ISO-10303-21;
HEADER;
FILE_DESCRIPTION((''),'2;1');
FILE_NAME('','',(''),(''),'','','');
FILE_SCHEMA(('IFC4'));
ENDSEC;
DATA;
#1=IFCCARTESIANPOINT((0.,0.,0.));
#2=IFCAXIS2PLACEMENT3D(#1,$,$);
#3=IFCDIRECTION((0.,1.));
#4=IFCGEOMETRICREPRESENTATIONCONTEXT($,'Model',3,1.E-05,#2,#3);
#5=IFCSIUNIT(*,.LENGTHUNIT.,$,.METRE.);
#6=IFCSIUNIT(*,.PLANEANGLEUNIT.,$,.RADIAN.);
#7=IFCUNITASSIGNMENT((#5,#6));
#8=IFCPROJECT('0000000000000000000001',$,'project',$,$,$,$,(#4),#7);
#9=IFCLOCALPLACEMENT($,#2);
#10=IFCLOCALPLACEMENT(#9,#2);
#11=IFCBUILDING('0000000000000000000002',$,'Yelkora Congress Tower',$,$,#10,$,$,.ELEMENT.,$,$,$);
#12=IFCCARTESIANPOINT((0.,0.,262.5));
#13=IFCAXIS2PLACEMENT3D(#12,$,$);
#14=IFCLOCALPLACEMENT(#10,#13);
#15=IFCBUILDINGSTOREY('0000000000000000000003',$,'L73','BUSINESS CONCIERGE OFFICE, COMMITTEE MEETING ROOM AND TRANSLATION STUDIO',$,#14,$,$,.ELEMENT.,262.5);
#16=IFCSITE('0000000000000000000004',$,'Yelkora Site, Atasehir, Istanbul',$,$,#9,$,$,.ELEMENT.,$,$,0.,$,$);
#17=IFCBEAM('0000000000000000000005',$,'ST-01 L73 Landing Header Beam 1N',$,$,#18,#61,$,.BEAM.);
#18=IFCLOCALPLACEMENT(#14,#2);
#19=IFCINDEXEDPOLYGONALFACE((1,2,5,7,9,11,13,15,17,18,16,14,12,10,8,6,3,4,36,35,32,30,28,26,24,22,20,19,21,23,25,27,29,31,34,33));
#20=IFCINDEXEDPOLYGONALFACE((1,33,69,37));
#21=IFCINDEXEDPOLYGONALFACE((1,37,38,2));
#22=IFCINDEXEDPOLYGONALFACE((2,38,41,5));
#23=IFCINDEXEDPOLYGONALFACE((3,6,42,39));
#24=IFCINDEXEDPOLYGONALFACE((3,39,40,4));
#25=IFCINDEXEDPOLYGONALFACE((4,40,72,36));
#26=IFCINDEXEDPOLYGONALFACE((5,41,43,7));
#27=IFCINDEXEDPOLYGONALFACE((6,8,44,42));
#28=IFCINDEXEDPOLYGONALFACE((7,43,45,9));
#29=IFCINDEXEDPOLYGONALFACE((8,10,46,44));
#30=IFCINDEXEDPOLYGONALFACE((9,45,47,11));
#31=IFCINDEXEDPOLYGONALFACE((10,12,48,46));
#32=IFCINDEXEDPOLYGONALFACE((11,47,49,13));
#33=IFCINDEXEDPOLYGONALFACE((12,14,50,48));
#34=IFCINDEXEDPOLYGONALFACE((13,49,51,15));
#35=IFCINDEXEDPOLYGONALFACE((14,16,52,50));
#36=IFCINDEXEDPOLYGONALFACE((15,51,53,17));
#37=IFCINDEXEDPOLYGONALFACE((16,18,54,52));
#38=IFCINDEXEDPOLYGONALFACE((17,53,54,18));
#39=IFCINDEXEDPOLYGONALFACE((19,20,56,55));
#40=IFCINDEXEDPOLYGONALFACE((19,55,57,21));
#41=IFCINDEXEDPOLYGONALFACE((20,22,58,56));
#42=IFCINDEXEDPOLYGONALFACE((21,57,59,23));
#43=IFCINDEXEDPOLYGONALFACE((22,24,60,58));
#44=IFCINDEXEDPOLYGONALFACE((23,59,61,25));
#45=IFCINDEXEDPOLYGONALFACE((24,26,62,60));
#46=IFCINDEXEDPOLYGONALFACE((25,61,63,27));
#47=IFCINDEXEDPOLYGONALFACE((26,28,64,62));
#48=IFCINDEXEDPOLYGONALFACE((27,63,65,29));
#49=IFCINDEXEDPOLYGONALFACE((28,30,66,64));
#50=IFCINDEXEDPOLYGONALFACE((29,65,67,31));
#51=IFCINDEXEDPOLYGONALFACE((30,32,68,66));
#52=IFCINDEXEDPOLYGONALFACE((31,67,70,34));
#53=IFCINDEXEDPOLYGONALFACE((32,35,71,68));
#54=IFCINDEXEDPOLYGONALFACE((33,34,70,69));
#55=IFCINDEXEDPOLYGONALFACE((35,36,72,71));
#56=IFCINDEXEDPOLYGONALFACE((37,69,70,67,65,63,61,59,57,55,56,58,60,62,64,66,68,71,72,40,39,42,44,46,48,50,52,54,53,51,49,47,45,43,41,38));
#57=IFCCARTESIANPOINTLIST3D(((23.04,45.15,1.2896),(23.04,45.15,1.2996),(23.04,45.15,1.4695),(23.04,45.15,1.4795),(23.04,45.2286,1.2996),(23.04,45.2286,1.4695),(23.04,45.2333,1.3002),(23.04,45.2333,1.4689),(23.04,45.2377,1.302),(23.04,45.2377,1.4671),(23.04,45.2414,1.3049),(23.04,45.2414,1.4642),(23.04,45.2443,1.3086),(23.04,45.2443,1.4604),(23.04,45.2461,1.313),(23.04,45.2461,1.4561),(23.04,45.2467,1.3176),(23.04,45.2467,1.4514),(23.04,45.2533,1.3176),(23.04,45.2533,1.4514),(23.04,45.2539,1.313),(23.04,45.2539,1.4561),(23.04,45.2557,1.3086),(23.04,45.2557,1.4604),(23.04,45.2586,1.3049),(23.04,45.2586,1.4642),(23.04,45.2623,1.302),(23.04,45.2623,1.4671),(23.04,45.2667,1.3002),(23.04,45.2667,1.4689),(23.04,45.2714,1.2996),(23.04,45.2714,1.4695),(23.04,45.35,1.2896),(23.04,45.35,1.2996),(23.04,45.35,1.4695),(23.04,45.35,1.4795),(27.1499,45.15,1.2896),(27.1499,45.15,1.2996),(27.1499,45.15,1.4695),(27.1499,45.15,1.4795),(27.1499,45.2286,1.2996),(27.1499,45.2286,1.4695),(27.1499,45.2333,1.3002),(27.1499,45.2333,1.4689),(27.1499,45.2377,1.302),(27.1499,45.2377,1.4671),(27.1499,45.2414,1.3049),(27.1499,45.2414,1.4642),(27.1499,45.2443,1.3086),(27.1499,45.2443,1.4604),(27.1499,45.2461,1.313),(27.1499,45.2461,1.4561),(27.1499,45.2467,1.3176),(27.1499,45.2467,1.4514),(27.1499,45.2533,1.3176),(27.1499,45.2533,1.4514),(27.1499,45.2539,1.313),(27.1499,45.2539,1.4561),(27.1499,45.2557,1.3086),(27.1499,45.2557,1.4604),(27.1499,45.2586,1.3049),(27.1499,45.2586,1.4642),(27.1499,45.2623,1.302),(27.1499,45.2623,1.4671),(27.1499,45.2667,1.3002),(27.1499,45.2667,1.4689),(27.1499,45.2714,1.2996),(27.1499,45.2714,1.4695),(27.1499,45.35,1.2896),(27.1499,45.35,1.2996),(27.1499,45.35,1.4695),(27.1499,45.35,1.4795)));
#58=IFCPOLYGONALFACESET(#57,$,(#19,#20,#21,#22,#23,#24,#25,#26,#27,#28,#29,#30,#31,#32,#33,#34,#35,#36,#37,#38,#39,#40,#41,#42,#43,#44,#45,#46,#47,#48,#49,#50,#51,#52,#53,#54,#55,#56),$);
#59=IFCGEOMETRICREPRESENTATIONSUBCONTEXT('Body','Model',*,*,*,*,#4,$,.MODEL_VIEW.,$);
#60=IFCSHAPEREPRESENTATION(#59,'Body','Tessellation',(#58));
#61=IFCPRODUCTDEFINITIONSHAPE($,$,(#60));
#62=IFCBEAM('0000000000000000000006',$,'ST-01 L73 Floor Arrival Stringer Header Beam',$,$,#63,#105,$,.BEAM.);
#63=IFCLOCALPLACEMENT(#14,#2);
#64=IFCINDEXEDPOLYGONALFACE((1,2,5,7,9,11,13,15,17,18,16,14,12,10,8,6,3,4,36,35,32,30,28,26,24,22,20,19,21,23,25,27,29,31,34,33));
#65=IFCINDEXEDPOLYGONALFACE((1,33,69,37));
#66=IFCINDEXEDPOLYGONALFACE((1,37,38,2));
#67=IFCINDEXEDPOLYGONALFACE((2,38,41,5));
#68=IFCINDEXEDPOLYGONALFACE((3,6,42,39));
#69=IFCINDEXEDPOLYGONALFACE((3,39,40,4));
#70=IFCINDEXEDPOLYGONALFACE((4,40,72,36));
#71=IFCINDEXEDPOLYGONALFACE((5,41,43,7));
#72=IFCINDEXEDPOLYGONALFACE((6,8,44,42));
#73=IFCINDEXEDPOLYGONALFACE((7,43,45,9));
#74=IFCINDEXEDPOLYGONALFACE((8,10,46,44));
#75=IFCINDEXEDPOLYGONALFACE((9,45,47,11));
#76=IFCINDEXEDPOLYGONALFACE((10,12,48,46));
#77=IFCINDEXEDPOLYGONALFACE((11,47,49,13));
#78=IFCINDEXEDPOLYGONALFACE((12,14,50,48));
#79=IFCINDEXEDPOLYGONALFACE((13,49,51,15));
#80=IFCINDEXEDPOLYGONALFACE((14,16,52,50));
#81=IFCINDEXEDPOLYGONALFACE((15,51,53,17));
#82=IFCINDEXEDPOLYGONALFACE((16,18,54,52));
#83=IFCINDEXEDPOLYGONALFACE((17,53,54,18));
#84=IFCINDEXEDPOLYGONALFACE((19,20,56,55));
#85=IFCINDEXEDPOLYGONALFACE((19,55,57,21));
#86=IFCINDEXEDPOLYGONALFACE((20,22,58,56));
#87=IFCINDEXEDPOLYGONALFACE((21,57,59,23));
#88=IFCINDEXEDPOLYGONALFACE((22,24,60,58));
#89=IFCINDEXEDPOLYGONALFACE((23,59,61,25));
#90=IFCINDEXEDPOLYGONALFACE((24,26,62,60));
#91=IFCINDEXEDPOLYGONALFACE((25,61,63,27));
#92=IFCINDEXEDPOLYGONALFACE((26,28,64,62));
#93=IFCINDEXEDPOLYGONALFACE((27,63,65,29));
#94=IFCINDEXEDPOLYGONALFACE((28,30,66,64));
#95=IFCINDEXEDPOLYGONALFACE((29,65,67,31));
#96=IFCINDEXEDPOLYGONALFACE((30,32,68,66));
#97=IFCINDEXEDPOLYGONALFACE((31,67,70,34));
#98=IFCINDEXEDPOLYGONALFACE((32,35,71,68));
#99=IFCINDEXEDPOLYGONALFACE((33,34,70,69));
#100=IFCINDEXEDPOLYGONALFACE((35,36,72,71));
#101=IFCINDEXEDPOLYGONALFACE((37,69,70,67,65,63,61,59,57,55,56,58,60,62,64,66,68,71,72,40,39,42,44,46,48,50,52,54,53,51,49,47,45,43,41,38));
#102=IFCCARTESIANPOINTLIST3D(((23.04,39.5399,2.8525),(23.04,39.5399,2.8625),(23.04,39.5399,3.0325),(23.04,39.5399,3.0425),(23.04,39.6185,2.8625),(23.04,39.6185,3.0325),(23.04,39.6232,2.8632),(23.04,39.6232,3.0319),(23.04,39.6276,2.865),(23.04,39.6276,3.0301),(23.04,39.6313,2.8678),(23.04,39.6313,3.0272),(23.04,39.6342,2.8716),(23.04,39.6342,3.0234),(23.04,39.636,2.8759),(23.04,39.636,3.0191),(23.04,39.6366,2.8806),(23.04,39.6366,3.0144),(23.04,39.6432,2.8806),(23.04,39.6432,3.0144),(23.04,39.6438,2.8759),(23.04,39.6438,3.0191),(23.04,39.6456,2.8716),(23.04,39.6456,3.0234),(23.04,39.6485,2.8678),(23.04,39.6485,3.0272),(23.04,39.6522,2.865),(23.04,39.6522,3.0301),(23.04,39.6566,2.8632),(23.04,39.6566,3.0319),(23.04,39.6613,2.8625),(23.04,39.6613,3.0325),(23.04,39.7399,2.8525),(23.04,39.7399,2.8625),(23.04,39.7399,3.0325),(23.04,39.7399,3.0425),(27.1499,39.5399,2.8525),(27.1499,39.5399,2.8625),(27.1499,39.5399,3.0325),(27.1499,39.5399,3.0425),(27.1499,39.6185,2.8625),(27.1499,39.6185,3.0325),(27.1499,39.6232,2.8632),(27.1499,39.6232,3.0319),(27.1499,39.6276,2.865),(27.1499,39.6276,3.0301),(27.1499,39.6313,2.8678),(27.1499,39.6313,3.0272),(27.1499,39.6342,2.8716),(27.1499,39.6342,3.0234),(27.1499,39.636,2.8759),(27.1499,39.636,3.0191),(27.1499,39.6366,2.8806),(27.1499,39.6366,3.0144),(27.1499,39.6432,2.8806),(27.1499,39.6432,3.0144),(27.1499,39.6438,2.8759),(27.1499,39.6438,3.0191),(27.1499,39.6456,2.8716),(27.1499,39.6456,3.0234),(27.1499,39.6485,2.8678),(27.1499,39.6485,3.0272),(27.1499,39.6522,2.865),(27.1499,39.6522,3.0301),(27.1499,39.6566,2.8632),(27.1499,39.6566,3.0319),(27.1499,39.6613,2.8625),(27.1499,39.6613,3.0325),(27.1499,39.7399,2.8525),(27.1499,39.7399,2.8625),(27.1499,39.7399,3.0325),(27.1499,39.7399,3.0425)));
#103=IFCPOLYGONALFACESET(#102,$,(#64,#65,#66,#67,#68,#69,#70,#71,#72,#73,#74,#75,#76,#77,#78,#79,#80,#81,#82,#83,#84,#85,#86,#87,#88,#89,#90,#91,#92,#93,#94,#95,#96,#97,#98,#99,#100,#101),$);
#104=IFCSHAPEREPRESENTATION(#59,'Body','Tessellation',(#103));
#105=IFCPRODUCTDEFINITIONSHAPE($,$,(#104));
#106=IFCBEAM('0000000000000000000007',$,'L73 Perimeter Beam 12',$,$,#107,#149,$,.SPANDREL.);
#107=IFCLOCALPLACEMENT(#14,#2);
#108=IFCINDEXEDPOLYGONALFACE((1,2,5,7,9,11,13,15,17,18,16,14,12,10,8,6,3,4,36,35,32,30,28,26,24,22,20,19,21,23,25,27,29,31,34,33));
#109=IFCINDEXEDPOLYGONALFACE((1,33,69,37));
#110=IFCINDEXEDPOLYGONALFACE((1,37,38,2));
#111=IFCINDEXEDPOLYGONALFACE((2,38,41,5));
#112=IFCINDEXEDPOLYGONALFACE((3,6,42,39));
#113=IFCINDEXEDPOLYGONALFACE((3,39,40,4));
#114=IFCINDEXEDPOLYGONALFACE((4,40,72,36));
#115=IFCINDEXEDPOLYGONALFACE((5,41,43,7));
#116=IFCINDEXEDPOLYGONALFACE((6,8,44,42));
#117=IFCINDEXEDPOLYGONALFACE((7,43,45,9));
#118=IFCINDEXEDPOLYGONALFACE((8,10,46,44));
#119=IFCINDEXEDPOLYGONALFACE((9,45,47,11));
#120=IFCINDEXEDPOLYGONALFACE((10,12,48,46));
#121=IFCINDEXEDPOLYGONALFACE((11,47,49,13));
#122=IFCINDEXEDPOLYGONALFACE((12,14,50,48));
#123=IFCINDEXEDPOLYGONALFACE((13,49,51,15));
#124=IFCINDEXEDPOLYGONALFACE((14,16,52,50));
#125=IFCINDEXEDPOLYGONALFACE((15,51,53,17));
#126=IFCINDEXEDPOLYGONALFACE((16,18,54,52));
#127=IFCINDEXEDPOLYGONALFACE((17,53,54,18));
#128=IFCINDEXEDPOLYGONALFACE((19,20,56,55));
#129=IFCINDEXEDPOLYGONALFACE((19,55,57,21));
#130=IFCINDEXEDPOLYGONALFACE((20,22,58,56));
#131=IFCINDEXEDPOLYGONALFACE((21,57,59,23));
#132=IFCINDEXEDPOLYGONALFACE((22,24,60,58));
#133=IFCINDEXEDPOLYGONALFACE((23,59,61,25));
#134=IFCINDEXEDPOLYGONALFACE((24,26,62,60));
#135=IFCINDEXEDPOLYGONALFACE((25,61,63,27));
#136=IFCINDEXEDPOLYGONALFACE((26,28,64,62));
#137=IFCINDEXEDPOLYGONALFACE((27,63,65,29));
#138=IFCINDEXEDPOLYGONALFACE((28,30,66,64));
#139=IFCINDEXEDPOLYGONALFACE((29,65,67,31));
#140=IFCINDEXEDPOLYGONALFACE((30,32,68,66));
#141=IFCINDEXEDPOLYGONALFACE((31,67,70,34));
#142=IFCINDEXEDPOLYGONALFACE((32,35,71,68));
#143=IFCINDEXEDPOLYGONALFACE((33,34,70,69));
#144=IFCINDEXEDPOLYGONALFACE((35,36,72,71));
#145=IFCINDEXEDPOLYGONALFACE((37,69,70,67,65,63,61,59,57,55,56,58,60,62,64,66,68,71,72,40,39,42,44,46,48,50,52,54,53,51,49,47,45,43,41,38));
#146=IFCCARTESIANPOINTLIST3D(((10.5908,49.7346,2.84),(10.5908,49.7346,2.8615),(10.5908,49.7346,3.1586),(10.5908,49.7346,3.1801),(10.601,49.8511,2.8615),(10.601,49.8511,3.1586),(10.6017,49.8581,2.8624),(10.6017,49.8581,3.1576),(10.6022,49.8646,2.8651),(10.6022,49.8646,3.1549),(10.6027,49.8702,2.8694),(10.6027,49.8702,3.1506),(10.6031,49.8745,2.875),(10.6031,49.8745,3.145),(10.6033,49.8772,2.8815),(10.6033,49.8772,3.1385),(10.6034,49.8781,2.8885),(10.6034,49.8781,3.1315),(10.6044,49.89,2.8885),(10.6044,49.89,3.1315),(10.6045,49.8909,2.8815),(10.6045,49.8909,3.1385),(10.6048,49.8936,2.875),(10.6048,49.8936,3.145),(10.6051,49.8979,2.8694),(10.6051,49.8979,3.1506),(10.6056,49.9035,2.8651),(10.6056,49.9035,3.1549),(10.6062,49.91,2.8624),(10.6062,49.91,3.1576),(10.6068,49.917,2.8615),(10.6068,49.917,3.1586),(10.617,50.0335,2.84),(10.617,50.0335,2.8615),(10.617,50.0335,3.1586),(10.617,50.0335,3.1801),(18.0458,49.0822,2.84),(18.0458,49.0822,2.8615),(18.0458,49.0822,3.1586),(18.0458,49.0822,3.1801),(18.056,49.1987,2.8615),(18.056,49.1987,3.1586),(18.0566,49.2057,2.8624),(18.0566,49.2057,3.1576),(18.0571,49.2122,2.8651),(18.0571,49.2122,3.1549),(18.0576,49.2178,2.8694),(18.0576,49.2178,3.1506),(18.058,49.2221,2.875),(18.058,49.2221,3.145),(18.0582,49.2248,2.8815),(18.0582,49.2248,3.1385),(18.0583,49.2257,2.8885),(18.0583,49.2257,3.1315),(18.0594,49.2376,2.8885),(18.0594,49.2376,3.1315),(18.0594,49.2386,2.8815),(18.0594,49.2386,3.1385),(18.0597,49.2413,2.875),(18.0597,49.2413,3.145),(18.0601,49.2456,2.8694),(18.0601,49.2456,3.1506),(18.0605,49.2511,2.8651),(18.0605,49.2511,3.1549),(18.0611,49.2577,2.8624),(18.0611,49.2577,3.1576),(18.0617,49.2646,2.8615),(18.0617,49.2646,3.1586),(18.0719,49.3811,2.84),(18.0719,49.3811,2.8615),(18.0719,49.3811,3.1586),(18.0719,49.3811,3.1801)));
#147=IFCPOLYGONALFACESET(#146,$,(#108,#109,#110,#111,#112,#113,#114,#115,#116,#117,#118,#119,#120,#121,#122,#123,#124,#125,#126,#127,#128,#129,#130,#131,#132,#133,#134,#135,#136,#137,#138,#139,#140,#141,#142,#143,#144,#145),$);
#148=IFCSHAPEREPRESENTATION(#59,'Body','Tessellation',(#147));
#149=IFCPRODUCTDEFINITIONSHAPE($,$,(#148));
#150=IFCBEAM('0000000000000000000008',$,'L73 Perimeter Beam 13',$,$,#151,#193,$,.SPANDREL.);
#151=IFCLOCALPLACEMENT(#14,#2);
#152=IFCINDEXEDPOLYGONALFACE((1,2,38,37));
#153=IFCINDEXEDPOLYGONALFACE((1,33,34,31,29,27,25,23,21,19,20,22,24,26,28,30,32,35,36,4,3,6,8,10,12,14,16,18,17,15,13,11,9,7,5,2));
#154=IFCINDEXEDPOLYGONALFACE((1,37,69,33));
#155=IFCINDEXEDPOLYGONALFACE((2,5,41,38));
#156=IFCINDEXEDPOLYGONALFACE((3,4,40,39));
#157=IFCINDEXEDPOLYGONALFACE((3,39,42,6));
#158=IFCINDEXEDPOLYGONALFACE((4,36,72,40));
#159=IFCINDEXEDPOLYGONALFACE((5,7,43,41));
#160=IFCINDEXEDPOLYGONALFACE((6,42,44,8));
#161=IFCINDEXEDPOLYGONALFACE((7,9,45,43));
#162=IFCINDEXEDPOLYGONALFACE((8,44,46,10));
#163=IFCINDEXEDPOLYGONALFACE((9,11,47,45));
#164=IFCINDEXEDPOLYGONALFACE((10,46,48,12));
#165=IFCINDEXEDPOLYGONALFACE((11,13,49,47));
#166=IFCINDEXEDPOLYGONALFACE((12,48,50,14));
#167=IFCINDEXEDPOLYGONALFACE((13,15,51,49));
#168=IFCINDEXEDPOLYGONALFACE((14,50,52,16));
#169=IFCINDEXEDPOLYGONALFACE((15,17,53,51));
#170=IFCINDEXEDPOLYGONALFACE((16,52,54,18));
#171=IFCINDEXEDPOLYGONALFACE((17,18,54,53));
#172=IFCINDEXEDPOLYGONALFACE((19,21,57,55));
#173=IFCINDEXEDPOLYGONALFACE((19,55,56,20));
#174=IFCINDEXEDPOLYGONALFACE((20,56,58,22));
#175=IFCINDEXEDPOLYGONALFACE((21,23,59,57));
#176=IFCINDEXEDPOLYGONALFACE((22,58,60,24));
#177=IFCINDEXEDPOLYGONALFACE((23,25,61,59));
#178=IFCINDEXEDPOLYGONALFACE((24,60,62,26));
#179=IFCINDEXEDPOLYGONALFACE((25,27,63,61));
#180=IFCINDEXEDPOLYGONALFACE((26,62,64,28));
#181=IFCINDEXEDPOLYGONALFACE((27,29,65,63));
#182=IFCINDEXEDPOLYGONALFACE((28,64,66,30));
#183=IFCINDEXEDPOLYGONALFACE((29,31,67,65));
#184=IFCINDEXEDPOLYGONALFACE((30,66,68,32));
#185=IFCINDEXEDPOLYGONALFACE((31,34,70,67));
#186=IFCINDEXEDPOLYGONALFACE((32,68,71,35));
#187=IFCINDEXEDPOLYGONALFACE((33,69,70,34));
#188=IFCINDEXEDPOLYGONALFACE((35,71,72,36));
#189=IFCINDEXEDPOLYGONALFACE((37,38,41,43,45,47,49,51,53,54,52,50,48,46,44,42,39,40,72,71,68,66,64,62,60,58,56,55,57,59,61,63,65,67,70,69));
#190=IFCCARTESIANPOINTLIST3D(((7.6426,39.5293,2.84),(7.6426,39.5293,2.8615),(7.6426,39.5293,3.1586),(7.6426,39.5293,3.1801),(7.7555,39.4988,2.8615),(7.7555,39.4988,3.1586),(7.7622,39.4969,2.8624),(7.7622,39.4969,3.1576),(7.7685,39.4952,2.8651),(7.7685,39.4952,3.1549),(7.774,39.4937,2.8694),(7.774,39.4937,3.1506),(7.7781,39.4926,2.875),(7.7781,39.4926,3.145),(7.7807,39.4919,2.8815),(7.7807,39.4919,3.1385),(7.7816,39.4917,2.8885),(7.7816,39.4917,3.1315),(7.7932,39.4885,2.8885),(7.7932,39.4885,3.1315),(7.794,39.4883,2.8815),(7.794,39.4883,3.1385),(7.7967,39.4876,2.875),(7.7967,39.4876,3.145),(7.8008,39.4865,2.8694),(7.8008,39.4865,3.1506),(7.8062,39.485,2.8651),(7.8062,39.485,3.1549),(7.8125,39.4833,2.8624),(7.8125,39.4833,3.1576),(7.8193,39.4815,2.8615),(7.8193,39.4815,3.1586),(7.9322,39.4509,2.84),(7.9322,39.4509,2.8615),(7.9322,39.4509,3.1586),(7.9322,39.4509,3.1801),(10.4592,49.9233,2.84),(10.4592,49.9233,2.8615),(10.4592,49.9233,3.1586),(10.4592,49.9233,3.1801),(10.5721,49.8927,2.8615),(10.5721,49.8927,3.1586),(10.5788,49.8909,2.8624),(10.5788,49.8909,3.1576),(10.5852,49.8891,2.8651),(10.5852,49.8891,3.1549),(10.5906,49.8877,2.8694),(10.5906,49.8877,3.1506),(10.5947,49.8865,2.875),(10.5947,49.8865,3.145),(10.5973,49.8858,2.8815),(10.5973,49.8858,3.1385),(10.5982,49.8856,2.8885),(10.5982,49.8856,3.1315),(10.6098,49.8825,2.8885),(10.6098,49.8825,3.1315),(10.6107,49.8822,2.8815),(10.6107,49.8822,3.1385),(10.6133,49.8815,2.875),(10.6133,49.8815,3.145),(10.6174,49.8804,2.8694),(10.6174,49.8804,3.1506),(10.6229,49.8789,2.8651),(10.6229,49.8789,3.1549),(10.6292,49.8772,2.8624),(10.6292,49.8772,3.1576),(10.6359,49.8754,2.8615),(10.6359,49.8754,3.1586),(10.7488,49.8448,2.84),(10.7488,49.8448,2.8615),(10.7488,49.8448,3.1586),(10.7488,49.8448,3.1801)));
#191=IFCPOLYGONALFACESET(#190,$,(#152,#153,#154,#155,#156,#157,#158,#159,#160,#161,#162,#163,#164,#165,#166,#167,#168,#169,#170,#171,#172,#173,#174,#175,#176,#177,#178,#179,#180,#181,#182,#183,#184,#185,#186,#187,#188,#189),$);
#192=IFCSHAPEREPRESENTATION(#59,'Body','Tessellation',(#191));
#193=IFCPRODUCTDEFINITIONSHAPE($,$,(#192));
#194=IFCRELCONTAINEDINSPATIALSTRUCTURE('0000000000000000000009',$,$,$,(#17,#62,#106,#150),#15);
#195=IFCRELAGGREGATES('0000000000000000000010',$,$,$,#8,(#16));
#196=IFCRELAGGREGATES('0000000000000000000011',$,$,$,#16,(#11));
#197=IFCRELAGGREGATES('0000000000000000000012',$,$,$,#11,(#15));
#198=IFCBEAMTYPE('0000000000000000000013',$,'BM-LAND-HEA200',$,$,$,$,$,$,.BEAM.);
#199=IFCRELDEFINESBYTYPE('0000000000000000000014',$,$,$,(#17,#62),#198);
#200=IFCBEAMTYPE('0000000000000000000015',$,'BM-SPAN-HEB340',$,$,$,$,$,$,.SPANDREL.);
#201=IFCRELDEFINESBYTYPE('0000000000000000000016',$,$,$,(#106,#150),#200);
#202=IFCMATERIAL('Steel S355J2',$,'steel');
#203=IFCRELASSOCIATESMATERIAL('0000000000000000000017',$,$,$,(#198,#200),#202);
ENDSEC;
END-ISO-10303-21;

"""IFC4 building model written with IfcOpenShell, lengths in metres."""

from ifc_helpers import new_model, si_unit, direction, frame, origin, origin_2d, place, context, subcontext, project, spatial, i_section, extrude, material, material_profile, profile_set, type_object, element, save


model = new_model("IFC4")

# Units and contexts
model_context = context("Model", 3, precision=1e-05, world=origin(), true_north=direction((0.0, 1.0)))
body_context = subcontext(model_context, "Body", "Model", "MODEL_VIEW")
ifc_project = project(units=[si_unit("LENGTHUNIT", "METRE"), si_unit("PLANEANGLEUNIT", "RADIAN")], contexts=[model_context])

# Site, building, storey
site_placement = place(None, origin())
site = spatial("IfcSite", under=ifc_project, at=site_placement, Name="Yelkora Site, Atasehir, Istanbul", CompositionType="ELEMENT", RefElevation=0.0)
building_placement = place(site_placement, origin())
building = spatial("IfcBuilding", under=site, at=building_placement, Name="Yelkora Congress Tower", CompositionType="ELEMENT")
storey_placement = place(building_placement, frame((0.0, 0.0, 262.5)))
storey = spatial("IfcBuildingStorey", under=building, at=storey_placement, Name="L73", Description="BUSINESS CONCIERGE OFFICE, COMMITTEE MEETING ROOM AND TRANSLATION STUDIO", CompositionType="ELEMENT", Elevation=262.5)

# Shared definitions
ifc_material_1 = material(Name="Steel S355J2", Category="steel")

# Beams
ifc_material_profile_1 = material_profile(ifc_material_1, i_section(OverallWidth=0.2, OverallDepth=0.1899, WebThickness=0.0066, FlangeThickness=0.01, FilletRadius=0.0181, at=origin_2d()), Name="HEA 200")
ifc_profile_set_1 = profile_set([ifc_material_profile_1], Name="Steel S355J2")
beam_type_1 = type_object("IfcBeamType", Name="BM-LAND-HEA200", PredefinedType="BEAM", material=ifc_profile_set_1)
for number, where, z_axis, x_axis, name in (
    (1, (23.04, 45.25, 1.3845), (1.0, 0.0, 0.0), (0.0, 1.0, 0.0), "ST-01 L73 Landing Header Beam 1N"),
    (2, (23.04, 39.6399, 2.9475), (1.0, 0.0, 0.0), (0.0, 1.0, 0.0), "ST-01 L73 Floor Arrival Stringer Header Beam"),
):
    element("IfcBeam", number, at=place(storey_placement, frame(where, z_axis=z_axis, x_axis=x_axis)), inside=storey, type_object=beam_type_1, Name=name, PredefinedType="BEAM", context=body_context, shape_type="SweptSolid", body=[
        extrude(i_section(OverallWidth=0.2, OverallDepth=0.1899, WebThickness=0.0066, FlangeThickness=0.01, FilletRadius=0.0181, at=origin_2d()), origin(), (0.0, 0.0, 1.0), 4.1099),
    ])
ifc_material_profile_2 = material_profile(ifc_material_1, i_section(OverallWidth=0.3, OverallDepth=0.3401, WebThickness=0.012, FlangeThickness=0.0215, FilletRadius=0.0271, at=origin_2d()), Name="HEB 340")
ifc_profile_set_2 = profile_set([ifc_material_profile_2], Name="Steel S355J2")
beam_type_2 = type_object("IfcBeamType", Name="BM-SPAN-HEB340", PredefinedType="SPANDREL", material=ifc_profile_set_2)
beam_1_placement = place(storey_placement, frame((18.0588, 49.2317, 3.01), z_axis=(-0.996193, 0.087173, 0.0), x_axis=(-0.087173, -0.996193, 0.0)))
element("IfcBeam", 3, at=beam_1_placement, inside=storey, type_object=beam_type_2, Name="L73 Perimeter Beam 12", PredefinedType="SPANDREL", context=body_context, shape_type="SweptSolid", body=[
    extrude(i_section(OverallWidth=0.3, OverallDepth=0.3401, WebThickness=0.012, FlangeThickness=0.0215, FilletRadius=0.0271, at=origin_2d()), origin(), (0.0, 0.0, 1.0), 7.4834),
])
beam_2_placement = place(storey_placement, frame((10.604, 49.884, 3.01), z_axis=(-0.261554, -0.965189, 0.0), x_axis=(0.965189, -0.261554, 0.0)))
element("IfcBeam", 4, at=beam_2_placement, inside=storey, type_object=beam_type_2, Name="L73 Perimeter Beam 13", PredefinedType="SPANDREL", context=body_context, shape_type="SweptSolid", body=[
    extrude(i_section(OverallWidth=0.3, OverallDepth=0.3401, WebThickness=0.012, FlangeThickness=0.0215, FilletRadius=0.0271, at=origin_2d()), origin(), (0.0, 0.0, 1.0), 10.7688),
])

save(model, "model.ifc")
